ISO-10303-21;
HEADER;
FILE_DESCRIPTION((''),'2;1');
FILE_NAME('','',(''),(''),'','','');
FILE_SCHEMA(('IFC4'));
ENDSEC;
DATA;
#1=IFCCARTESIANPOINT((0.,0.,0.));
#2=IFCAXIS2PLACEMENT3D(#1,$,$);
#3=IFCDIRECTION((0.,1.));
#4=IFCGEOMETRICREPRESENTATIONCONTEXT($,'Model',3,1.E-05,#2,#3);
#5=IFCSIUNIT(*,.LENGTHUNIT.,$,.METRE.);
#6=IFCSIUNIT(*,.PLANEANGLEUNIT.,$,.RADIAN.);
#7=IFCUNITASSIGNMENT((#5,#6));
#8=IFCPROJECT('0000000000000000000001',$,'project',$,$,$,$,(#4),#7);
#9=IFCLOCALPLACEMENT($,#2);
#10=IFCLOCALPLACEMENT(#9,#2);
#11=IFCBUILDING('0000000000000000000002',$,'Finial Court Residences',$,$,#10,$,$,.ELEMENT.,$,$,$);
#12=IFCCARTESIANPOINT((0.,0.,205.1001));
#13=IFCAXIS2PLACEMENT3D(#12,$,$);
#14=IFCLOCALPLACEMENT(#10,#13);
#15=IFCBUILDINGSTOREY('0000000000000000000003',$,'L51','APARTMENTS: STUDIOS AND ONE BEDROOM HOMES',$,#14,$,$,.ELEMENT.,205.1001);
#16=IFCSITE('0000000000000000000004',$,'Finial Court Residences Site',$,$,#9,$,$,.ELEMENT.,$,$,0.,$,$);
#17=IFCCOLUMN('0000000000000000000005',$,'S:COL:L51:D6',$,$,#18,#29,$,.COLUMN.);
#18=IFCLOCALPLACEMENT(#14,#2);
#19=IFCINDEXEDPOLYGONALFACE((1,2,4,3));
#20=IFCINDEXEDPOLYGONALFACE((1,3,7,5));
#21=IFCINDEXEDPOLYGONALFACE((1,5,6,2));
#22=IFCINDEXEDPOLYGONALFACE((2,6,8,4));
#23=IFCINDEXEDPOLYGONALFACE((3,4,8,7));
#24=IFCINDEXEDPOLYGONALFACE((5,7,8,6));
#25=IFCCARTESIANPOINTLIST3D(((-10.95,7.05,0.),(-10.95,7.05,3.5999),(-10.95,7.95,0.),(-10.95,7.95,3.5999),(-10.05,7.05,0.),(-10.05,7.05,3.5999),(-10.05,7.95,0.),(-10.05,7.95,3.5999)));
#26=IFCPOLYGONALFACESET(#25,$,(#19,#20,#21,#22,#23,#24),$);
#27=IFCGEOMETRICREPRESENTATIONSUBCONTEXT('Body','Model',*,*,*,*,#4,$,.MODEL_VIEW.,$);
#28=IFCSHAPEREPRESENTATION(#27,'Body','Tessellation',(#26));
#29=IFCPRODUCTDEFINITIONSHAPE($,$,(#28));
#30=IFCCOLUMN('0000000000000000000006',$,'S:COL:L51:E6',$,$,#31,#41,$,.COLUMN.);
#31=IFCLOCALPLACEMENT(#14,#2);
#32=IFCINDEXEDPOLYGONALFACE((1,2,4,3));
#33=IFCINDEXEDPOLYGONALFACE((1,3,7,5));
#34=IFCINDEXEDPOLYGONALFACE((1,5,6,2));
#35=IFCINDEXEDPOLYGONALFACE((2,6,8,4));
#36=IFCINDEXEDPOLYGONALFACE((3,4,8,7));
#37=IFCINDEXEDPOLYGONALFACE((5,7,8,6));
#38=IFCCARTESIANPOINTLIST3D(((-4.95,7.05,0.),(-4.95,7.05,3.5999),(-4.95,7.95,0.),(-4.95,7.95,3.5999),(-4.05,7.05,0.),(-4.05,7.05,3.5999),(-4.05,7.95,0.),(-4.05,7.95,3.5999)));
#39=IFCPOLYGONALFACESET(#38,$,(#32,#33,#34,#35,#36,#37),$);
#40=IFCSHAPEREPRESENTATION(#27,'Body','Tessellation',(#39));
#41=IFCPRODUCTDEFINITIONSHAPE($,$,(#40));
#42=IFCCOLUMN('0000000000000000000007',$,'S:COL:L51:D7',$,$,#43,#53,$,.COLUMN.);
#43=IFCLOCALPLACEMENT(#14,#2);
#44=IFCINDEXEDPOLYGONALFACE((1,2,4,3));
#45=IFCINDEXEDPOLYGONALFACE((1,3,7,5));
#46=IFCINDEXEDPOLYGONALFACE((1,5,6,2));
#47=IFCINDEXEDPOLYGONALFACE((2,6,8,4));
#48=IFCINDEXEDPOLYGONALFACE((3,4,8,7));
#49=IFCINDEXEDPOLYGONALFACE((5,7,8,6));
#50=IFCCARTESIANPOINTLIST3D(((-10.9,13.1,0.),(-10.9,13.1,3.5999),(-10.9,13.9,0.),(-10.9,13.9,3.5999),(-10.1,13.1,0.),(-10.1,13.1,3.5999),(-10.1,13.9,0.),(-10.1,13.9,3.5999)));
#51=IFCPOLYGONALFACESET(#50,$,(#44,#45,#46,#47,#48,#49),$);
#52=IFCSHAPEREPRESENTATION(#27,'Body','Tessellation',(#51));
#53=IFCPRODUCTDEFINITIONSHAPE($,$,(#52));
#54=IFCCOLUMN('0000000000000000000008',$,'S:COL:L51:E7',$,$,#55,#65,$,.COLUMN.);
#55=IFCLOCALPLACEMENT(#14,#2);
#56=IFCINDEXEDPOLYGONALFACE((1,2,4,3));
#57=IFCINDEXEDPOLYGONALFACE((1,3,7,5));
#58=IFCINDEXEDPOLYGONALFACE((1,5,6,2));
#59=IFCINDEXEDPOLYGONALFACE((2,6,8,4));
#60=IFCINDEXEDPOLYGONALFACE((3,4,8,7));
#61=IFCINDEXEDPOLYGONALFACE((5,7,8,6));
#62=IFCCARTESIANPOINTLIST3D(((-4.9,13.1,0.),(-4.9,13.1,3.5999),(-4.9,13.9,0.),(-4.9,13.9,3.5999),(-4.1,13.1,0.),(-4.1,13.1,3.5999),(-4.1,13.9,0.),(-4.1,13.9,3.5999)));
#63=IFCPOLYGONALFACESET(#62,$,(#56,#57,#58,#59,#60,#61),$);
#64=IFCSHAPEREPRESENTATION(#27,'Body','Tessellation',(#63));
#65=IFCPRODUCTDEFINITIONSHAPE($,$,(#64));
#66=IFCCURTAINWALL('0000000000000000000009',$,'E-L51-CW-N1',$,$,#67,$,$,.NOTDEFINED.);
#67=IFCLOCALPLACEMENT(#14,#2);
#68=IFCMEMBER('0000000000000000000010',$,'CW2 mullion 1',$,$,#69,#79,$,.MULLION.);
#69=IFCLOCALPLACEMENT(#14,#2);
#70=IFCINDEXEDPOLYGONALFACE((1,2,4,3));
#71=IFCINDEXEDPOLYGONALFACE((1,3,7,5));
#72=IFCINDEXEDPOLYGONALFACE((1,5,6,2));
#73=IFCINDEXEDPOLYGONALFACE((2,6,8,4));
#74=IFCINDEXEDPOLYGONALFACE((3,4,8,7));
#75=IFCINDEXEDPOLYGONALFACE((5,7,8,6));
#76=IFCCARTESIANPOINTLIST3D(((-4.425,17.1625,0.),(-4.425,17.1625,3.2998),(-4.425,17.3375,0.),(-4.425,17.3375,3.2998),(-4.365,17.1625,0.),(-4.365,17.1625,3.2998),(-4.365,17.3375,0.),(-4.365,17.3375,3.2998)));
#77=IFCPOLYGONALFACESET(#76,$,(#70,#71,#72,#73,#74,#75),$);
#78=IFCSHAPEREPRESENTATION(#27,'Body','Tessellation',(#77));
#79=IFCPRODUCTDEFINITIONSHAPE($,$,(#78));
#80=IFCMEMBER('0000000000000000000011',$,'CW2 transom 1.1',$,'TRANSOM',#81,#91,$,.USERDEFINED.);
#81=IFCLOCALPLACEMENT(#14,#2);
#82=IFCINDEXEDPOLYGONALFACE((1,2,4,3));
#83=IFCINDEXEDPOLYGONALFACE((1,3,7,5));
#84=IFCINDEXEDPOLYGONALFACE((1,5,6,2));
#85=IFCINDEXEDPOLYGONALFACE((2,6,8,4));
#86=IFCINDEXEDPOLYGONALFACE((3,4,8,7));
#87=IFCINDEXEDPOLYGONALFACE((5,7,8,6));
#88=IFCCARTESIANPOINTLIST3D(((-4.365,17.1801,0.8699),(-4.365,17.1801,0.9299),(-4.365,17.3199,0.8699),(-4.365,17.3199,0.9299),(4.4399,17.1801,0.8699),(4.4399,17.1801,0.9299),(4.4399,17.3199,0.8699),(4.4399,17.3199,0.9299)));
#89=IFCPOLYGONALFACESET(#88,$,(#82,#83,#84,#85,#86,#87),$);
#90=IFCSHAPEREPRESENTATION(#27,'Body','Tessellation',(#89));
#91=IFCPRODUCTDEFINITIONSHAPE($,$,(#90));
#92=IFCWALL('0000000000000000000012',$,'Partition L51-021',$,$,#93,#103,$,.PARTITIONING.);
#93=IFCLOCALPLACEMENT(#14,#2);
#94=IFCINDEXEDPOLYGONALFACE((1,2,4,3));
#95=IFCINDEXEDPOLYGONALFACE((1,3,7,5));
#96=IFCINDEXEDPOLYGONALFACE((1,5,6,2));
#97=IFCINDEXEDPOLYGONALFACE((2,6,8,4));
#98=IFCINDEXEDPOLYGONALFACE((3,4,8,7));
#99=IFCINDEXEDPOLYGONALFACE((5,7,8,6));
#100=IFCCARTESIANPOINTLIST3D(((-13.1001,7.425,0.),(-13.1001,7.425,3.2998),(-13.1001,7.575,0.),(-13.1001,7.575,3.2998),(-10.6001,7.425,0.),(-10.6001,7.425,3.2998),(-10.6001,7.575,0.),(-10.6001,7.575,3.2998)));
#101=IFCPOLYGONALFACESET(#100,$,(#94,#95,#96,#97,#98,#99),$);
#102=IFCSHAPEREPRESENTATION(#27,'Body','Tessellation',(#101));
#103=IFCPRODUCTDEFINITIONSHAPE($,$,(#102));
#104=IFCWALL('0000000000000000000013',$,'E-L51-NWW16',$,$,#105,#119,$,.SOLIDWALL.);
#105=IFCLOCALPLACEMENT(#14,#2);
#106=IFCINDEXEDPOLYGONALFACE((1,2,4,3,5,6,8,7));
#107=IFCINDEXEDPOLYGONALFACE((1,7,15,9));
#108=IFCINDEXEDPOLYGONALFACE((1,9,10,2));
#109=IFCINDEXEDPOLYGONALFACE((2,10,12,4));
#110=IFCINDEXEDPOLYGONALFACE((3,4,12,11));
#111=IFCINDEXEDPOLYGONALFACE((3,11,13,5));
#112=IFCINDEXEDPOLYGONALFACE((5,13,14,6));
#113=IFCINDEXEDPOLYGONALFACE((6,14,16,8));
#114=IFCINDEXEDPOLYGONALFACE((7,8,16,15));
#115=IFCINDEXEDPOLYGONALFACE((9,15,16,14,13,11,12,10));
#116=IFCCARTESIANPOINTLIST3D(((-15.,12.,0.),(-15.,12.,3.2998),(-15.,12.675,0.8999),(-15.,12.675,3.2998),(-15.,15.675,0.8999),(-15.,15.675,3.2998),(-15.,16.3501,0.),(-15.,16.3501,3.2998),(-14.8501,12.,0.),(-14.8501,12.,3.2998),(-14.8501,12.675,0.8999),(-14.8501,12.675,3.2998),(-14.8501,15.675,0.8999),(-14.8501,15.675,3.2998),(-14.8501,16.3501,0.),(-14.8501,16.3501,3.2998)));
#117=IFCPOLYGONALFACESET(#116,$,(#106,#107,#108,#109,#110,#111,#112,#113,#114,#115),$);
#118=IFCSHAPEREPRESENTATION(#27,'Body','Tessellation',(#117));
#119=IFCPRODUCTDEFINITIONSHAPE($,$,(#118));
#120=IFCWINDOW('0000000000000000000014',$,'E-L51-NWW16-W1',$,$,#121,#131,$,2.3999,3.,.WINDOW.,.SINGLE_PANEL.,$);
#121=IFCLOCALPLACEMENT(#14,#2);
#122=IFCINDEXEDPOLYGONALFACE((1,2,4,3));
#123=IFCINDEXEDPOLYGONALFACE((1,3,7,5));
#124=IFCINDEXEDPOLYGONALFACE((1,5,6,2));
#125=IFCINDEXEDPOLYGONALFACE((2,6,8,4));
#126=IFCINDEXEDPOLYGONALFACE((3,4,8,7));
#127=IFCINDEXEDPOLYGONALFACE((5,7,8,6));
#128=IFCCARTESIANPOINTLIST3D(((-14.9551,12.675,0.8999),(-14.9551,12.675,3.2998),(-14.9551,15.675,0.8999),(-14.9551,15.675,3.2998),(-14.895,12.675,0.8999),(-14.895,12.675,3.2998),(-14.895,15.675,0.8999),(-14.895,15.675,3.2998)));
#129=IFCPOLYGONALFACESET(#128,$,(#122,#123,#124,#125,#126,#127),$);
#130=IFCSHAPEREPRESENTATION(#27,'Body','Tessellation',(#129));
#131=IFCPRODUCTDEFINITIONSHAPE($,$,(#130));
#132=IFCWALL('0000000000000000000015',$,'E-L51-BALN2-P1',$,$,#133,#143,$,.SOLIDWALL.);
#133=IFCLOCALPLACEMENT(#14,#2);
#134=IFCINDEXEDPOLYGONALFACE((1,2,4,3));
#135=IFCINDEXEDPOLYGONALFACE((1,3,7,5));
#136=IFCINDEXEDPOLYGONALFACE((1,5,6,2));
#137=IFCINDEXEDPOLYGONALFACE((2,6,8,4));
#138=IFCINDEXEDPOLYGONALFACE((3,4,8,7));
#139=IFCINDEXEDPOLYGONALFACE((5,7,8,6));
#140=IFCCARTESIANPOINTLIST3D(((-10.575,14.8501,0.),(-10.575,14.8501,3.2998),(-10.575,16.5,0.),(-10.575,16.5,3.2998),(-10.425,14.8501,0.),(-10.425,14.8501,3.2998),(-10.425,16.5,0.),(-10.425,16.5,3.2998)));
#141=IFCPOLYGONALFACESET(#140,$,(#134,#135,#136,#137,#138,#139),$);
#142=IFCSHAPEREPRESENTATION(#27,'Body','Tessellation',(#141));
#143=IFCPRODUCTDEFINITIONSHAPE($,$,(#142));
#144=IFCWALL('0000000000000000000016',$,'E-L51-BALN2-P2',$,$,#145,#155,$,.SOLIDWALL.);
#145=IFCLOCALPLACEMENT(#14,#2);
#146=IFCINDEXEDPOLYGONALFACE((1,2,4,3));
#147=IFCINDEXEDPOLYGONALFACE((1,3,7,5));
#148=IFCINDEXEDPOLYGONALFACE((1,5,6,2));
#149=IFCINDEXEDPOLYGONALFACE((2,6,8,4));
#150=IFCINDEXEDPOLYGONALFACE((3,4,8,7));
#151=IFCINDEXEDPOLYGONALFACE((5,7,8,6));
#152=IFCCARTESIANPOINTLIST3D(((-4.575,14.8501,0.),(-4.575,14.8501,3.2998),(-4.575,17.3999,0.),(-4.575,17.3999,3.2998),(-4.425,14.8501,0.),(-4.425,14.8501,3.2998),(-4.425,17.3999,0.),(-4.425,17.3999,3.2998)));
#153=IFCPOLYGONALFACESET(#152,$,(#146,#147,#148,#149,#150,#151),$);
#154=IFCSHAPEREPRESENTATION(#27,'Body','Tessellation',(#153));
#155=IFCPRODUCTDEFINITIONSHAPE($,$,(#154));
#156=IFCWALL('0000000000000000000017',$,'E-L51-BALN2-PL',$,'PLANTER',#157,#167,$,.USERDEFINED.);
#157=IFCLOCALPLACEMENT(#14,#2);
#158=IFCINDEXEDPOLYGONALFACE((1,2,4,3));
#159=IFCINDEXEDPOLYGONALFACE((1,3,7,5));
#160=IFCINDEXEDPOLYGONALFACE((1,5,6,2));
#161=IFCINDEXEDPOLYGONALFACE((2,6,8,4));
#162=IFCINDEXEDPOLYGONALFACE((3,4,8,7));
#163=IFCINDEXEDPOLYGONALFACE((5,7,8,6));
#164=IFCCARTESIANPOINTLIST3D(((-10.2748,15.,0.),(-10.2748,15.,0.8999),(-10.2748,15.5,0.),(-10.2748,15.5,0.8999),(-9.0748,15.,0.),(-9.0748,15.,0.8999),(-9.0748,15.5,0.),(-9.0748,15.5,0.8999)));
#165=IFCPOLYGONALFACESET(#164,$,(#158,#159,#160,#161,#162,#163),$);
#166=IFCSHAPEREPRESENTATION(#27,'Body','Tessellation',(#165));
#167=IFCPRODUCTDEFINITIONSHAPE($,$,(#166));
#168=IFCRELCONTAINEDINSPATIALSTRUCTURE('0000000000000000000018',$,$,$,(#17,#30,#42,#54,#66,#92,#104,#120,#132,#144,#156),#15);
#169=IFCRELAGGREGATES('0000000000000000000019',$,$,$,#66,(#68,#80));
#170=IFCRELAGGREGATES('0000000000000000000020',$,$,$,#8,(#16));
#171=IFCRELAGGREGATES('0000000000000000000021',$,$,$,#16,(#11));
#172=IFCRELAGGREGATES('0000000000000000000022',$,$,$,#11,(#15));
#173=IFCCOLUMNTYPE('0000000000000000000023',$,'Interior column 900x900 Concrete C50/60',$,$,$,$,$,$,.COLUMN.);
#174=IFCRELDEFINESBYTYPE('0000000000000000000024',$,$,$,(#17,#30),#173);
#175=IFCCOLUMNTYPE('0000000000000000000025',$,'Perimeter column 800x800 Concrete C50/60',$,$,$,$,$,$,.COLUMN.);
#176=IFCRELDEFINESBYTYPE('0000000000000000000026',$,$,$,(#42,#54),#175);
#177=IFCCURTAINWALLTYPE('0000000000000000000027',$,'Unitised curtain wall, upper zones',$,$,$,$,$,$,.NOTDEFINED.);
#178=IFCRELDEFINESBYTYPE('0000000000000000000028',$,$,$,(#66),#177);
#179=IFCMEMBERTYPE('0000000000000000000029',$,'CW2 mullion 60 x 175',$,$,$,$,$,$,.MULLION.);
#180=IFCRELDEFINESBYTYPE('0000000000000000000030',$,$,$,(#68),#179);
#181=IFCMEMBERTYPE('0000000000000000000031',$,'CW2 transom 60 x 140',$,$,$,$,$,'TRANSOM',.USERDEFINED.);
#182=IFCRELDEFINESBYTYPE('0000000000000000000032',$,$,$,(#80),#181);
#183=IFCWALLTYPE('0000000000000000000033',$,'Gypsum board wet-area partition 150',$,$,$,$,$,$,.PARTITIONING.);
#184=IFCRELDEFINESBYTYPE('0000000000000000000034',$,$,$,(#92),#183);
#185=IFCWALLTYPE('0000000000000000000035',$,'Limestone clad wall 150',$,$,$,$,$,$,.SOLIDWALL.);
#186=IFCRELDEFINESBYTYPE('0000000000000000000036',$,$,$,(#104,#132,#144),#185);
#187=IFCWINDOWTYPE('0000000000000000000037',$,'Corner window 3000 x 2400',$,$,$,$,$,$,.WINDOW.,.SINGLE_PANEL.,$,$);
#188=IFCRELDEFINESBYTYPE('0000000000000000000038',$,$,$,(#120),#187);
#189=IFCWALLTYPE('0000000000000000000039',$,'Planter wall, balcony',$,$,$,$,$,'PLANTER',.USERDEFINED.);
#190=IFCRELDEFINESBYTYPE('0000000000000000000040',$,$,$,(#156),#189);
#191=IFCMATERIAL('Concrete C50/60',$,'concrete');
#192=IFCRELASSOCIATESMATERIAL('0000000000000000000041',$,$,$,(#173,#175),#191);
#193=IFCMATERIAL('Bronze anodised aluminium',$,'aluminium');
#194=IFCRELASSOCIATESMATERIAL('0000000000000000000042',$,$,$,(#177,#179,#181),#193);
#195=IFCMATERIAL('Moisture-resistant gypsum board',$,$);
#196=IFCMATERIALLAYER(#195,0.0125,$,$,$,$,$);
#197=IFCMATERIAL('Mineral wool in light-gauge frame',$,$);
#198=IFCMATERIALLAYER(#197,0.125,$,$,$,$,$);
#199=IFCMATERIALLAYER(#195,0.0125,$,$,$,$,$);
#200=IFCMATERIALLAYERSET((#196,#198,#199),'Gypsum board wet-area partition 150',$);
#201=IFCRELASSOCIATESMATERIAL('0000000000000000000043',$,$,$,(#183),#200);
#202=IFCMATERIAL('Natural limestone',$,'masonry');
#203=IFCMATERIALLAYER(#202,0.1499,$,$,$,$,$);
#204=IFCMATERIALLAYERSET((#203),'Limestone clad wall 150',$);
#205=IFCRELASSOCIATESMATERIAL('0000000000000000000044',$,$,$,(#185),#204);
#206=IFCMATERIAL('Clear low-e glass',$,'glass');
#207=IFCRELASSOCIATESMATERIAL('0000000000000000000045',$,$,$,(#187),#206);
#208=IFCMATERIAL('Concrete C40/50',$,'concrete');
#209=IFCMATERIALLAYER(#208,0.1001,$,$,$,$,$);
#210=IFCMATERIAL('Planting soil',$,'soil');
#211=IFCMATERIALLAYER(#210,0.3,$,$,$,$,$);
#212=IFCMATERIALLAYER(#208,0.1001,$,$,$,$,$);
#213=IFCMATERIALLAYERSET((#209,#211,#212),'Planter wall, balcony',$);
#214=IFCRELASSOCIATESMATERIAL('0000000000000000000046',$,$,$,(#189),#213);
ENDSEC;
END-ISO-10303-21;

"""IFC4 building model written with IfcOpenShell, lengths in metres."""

from ifc_helpers import new_model, si_unit, direction, frame, frame_2d, origin, origin_2d, place, context, subcontext, project, spatial, rectangle, extrude, material, layer, layer_set, material_profile, profile_set, type_object, element, fill, aggregate, save


model = new_model("IFC4")

# Units and contexts
model_context = context("Model", 3, precision=1e-05, world=origin(), true_north=direction((0.0, 1.0)))
body_context = subcontext(model_context, "Body", "Model", "MODEL_VIEW")
ifc_project = project(units=[si_unit("LENGTHUNIT", "METRE"), si_unit("PLANEANGLEUNIT", "RADIAN")], contexts=[model_context])

# Site, building, storey
site_placement = place(None, origin())
site = spatial("IfcSite", under=ifc_project, at=site_placement, Name="Finial Court Residences Site", CompositionType="ELEMENT", RefElevation=0.0)
building_placement = place(site_placement, origin())
building = spatial("IfcBuilding", under=site, at=building_placement, Name="Finial Court Residences", CompositionType="ELEMENT")
storey_placement = place(building_placement, frame((0.0, 0.0, 205.1001)))
storey = spatial("IfcBuildingStorey", under=building, at=storey_placement, Name="L51", Description="APARTMENTS: STUDIOS AND ONE BEDROOM HOMES", CompositionType="ELEMENT", Elevation=205.1001)

# Columns
ifc_material_1 = material(Name="Concrete C50/60", Category="concrete")
ifc_material_profile_1 = material_profile(ifc_material_1, rectangle(XDim=0.8999, YDim=0.8999, at=origin_2d()), Name="900x900")
ifc_profile_set_1 = profile_set([ifc_material_profile_1], Name="Concrete C50/60")
column_type_1 = type_object("IfcColumnType", Name="Interior column 900x900 Concrete C50/60", PredefinedType="COLUMN", material=ifc_profile_set_1)
for number, where, z_axis, x_axis, name in (
    (1, (-10.5, 7.5, 0.0), (0.0, 0.0, 1.0), (1.0, 0.0, 0.0), "S:COL:L51:D6"),
    (2, (-4.5, 7.5, 0.0), (0.0, 0.0, 1.0), (1.0, 0.0, 0.0), "S:COL:L51:E6"),
):
    element("IfcColumn", number, at=place(storey_placement, frame(where, z_axis=z_axis, x_axis=x_axis)), inside=storey, type_object=column_type_1, Name=name, PredefinedType="COLUMN", context=body_context, shape_type="SweptSolid", body=[
        extrude(rectangle(XDim=0.8999, YDim=0.8999, at=origin_2d()), origin(), (0.0, 0.0, 1.0), 3.5999),
    ])
ifc_material_profile_2 = material_profile(ifc_material_1, rectangle(XDim=0.8, YDim=0.8, at=origin_2d()), Name="800x800")
ifc_profile_set_2 = profile_set([ifc_material_profile_2], Name="Concrete C50/60")
column_type_2 = type_object("IfcColumnType", Name="Perimeter column 800x800 Concrete C50/60", PredefinedType="COLUMN", material=ifc_profile_set_2)
for number, where, z_axis, x_axis, name in (
    (3, (-10.5, 13.5, 0.0), (0.0, 0.0, 1.0), (1.0, 0.0, 0.0), "S:COL:L51:D7"),
    (4, (-4.5, 13.5, 0.0), (0.0, 0.0, 1.0), (1.0, 0.0, 0.0), "S:COL:L51:E7"),
):
    element("IfcColumn", number, at=place(storey_placement, frame(where, z_axis=z_axis, x_axis=x_axis)), inside=storey, type_object=column_type_2, Name=name, PredefinedType="COLUMN", context=body_context, shape_type="SweptSolid", body=[
        extrude(rectangle(XDim=0.8, YDim=0.8, at=origin_2d()), origin(), (0.0, 0.0, 1.0), 3.5999),
    ])

# Curtain wall, members
ifc_material_2 = material(Name="Bronze anodised aluminium", Category="aluminium")
curtain_wall_type = type_object("IfcCurtainWallType", Name="Unitised curtain wall, upper zones", PredefinedType="NOTDEFINED", material=ifc_material_2)
curtain_wall_placement = place(storey_placement, origin())
curtain_wall = element("IfcCurtainWall", 5, at=curtain_wall_placement, inside=storey, type_object=curtain_wall_type, Name="E-L51-CW-N1", PredefinedType="NOTDEFINED")
ifc_material_profile_3 = material_profile(ifc_material_2, rectangle(XDim=0.175, YDim=0.0601, at=origin_2d()), Name="CW2 mullion 60 x 175")
ifc_profile_set_3 = profile_set([ifc_material_profile_3], Name="Bronze anodised aluminium")
member_type_1 = type_object("IfcMemberType", Name="CW2 mullion 60 x 175", PredefinedType="MULLION", material=ifc_profile_set_3)
member_1_placement = place(storey_placement, frame((-4.395, 17.25, 0.0), z_axis=(0.0, 0.0, 1.0), x_axis=(0.0, 1.0, 0.0)))
member_1 = element("IfcMember", 6, at=member_1_placement, type_object=member_type_1, Name="CW2 mullion 1", PredefinedType="MULLION", context=body_context, shape_type="SweptSolid", body=[
    extrude(rectangle(XDim=0.175, YDim=0.0601, at=origin_2d()), origin(), (0.0, 0.0, 1.0), 3.2998),
])
ifc_material_profile_4 = material_profile(ifc_material_2, rectangle(XDim=0.1399, YDim=0.0601, at=origin_2d()), Name="CW2 transom 60 x 140")
ifc_profile_set_4 = profile_set([ifc_material_profile_4], Name="Bronze anodised aluminium")
member_type_2 = type_object("IfcMemberType", Name="CW2 transom 60 x 140", ElementType="TRANSOM", PredefinedType="USERDEFINED", material=ifc_profile_set_4)
member_2_placement = place(storey_placement, frame((-4.365, 17.25, 0.8999), z_axis=(1.0, 0.0, 0.0), x_axis=(0.0, 1.0, 0.0)))
member_2 = element("IfcMember", 7, at=member_2_placement, type_object=member_type_2, Name="CW2 transom 1.1", ObjectType="TRANSOM", PredefinedType="USERDEFINED", context=body_context, shape_type="SweptSolid", body=[
    extrude(rectangle(XDim=0.1399, YDim=0.0601, at=origin_2d()), origin(), (0.0, 0.0, 1.0), 8.8049),
])
aggregate(curtain_wall, [member_1, member_2])

# Wall
ifc_material_3 = material(Name="Moisture-resistant gypsum board")
ifc_layer_1 = layer(ifc_material_3, 0.0125)
ifc_material_4 = material(Name="Mineral wool in light-gauge frame")
ifc_layer_2 = layer(ifc_material_4, 0.125)
ifc_layer_3 = layer(ifc_material_3, 0.0125)
ifc_layer_set_1 = layer_set([ifc_layer_1, ifc_layer_2, ifc_layer_3], Name="Gypsum board wet-area partition 150")
wall_type_1 = type_object("IfcWallType", Name="Gypsum board wet-area partition 150", PredefinedType="PARTITIONING", material=ifc_layer_set_1)
wall_1_placement = place(storey_placement, frame((-13.1001, 7.5, 0.0), z_axis=(0.0, 0.0, 1.0), x_axis=(1.0, 0.0, 0.0)))
element("IfcWall", 8, at=wall_1_placement, inside=storey, type_object=wall_type_1, Name="Partition L51-021", PredefinedType="PARTITIONING", context=body_context, shape_type="SweptSolid", body=[
    extrude(rectangle(XDim=2.5, YDim=0.1499, at=frame_2d((1.25, 0.0))), origin(), (0.0, 0.0, 1.0), 3.2998),
])

# Wall, opening, window
ifc_material_5 = material(Name="Natural limestone", Category="masonry")
ifc_layer_4 = layer(ifc_material_5, 0.1499)
ifc_layer_set_2 = layer_set([ifc_layer_4], Name="Limestone clad wall 150")
wall_type_2 = type_object("IfcWallType", Name="Limestone clad wall 150", PredefinedType="SOLIDWALL", material=ifc_layer_set_2)
wall_2_placement = place(storey_placement, frame((-14.925, 12.0, 0.0), z_axis=(0.0, 0.0, 1.0), x_axis=(0.0, 1.0, 0.0)))
wall_2 = element("IfcWall", 9, at=wall_2_placement, inside=storey, type_object=wall_type_2, Name="E-L51-NWW16", PredefinedType="SOLIDWALL", context=body_context, shape_type="SweptSolid", body=[
    extrude(rectangle(XDim=4.3501, YDim=0.1499, at=frame_2d((2.175, 0.0))), origin(), (0.0, 0.0, 1.0), 3.2998),
])
opening_1_placement = place(wall_2_placement, frame((0.675, 0.0, 0.8999)))
opening_1 = element("IfcOpeningElement", 10, at=opening_1_placement, cuts=wall_2, PredefinedType="OPENING", context=body_context, shape_type="SweptSolid", body=[
    extrude(rectangle(XDim=3.0, YDim=2.3999, at=frame_2d((1.5, 1.2))), frame((0.0, 0.085, 0.0), z_axis=(0.0, -1.0, 0.0), x_axis=(1.0, 0.0, 0.0)), (0.0, 0.0, 1.0), 0.1699),
])
ifc_material_6 = material(Name="Clear low-e glass", Category="glass")
window_type_1 = type_object("IfcWindowType", Name="Corner window 3000 x 2400", PartitioningType="SINGLE_PANEL", PredefinedType="WINDOW", material=ifc_material_6)
window_1_placement = place(opening_1_placement, origin())
window_1 = element("IfcWindow", 11, at=window_1_placement, inside=storey, type_object=window_type_1, Name="E-L51-NWW16-W1", OverallHeight=2.3999, OverallWidth=3.0, PartitioningType="SINGLE_PANEL", PredefinedType="WINDOW", context=body_context, shape_type="SweptSolid", body=[
    extrude(rectangle(XDim=3.0, YDim=2.3999, at=frame_2d((1.5, 1.2))), frame((0.0, 0.03, 0.0), z_axis=(0.0, -1.0, 0.0), x_axis=(1.0, 0.0, 0.0)), (0.0, 0.0, 1.0), 0.0601),
])
fill(opening_1, window_1)

# Walls
wall_3_placement = place(storey_placement, frame((-10.5, 14.8501, 0.0), z_axis=(0.0, 0.0, 1.0), x_axis=(0.0, 1.0, 0.0)))
element("IfcWall", 12, at=wall_3_placement, inside=storey, type_object=wall_type_2, Name="E-L51-BALN2-P1", PredefinedType="SOLIDWALL", context=body_context, shape_type="SweptSolid", body=[
    extrude(rectangle(XDim=1.6499, YDim=0.1499, at=frame_2d((0.825, 0.0))), origin(), (0.0, 0.0, 1.0), 3.2998),
])
wall_4_placement = place(storey_placement, frame((-4.5, 14.8501, 0.0), z_axis=(0.0, 0.0, 1.0), x_axis=(0.0, 1.0, 0.0)))
element("IfcWall", 13, at=wall_4_placement, inside=storey, type_object=wall_type_2, Name="E-L51-BALN2-P2", PredefinedType="SOLIDWALL", context=body_context, shape_type="SweptSolid", body=[
    extrude(rectangle(XDim=2.5498, YDim=0.1499, at=frame_2d((1.2749, 0.0))), origin(), (0.0, 0.0, 1.0), 3.2998),
])

# Wall
ifc_material_7 = material(Name="Concrete C40/50", Category="concrete")
ifc_layer_5 = layer(ifc_material_7, 0.1001)
ifc_material_8 = material(Name="Planting soil", Category="soil")
ifc_layer_6 = layer(ifc_material_8, 0.3)
ifc_layer_7 = layer(ifc_material_7, 0.1001)
ifc_layer_set_3 = layer_set([ifc_layer_5, ifc_layer_6, ifc_layer_7], Name="Planter wall, balcony")
wall_type_3 = type_object("IfcWallType", Name="Planter wall, balcony", ElementType="PLANTER", PredefinedType="USERDEFINED", material=ifc_layer_set_3)
wall_5_placement = place(storey_placement, frame((-10.2749, 15.25, 0.0), z_axis=(0.0, 0.0, 1.0), x_axis=(1.0, 0.0, 0.0)))
element("IfcWall", 14, at=wall_5_placement, inside=storey, type_object=wall_type_3, Name="E-L51-BALN2-PL", ObjectType="PLANTER", PredefinedType="USERDEFINED", context=body_context, shape_type="SweptSolid", body=[
    extrude(rectangle(XDim=1.2, YDim=0.5, at=frame_2d((0.6001, 0.0))), origin(), (0.0, 0.0, 1.0), 0.8999),
])

save(model, "model.ifc")
